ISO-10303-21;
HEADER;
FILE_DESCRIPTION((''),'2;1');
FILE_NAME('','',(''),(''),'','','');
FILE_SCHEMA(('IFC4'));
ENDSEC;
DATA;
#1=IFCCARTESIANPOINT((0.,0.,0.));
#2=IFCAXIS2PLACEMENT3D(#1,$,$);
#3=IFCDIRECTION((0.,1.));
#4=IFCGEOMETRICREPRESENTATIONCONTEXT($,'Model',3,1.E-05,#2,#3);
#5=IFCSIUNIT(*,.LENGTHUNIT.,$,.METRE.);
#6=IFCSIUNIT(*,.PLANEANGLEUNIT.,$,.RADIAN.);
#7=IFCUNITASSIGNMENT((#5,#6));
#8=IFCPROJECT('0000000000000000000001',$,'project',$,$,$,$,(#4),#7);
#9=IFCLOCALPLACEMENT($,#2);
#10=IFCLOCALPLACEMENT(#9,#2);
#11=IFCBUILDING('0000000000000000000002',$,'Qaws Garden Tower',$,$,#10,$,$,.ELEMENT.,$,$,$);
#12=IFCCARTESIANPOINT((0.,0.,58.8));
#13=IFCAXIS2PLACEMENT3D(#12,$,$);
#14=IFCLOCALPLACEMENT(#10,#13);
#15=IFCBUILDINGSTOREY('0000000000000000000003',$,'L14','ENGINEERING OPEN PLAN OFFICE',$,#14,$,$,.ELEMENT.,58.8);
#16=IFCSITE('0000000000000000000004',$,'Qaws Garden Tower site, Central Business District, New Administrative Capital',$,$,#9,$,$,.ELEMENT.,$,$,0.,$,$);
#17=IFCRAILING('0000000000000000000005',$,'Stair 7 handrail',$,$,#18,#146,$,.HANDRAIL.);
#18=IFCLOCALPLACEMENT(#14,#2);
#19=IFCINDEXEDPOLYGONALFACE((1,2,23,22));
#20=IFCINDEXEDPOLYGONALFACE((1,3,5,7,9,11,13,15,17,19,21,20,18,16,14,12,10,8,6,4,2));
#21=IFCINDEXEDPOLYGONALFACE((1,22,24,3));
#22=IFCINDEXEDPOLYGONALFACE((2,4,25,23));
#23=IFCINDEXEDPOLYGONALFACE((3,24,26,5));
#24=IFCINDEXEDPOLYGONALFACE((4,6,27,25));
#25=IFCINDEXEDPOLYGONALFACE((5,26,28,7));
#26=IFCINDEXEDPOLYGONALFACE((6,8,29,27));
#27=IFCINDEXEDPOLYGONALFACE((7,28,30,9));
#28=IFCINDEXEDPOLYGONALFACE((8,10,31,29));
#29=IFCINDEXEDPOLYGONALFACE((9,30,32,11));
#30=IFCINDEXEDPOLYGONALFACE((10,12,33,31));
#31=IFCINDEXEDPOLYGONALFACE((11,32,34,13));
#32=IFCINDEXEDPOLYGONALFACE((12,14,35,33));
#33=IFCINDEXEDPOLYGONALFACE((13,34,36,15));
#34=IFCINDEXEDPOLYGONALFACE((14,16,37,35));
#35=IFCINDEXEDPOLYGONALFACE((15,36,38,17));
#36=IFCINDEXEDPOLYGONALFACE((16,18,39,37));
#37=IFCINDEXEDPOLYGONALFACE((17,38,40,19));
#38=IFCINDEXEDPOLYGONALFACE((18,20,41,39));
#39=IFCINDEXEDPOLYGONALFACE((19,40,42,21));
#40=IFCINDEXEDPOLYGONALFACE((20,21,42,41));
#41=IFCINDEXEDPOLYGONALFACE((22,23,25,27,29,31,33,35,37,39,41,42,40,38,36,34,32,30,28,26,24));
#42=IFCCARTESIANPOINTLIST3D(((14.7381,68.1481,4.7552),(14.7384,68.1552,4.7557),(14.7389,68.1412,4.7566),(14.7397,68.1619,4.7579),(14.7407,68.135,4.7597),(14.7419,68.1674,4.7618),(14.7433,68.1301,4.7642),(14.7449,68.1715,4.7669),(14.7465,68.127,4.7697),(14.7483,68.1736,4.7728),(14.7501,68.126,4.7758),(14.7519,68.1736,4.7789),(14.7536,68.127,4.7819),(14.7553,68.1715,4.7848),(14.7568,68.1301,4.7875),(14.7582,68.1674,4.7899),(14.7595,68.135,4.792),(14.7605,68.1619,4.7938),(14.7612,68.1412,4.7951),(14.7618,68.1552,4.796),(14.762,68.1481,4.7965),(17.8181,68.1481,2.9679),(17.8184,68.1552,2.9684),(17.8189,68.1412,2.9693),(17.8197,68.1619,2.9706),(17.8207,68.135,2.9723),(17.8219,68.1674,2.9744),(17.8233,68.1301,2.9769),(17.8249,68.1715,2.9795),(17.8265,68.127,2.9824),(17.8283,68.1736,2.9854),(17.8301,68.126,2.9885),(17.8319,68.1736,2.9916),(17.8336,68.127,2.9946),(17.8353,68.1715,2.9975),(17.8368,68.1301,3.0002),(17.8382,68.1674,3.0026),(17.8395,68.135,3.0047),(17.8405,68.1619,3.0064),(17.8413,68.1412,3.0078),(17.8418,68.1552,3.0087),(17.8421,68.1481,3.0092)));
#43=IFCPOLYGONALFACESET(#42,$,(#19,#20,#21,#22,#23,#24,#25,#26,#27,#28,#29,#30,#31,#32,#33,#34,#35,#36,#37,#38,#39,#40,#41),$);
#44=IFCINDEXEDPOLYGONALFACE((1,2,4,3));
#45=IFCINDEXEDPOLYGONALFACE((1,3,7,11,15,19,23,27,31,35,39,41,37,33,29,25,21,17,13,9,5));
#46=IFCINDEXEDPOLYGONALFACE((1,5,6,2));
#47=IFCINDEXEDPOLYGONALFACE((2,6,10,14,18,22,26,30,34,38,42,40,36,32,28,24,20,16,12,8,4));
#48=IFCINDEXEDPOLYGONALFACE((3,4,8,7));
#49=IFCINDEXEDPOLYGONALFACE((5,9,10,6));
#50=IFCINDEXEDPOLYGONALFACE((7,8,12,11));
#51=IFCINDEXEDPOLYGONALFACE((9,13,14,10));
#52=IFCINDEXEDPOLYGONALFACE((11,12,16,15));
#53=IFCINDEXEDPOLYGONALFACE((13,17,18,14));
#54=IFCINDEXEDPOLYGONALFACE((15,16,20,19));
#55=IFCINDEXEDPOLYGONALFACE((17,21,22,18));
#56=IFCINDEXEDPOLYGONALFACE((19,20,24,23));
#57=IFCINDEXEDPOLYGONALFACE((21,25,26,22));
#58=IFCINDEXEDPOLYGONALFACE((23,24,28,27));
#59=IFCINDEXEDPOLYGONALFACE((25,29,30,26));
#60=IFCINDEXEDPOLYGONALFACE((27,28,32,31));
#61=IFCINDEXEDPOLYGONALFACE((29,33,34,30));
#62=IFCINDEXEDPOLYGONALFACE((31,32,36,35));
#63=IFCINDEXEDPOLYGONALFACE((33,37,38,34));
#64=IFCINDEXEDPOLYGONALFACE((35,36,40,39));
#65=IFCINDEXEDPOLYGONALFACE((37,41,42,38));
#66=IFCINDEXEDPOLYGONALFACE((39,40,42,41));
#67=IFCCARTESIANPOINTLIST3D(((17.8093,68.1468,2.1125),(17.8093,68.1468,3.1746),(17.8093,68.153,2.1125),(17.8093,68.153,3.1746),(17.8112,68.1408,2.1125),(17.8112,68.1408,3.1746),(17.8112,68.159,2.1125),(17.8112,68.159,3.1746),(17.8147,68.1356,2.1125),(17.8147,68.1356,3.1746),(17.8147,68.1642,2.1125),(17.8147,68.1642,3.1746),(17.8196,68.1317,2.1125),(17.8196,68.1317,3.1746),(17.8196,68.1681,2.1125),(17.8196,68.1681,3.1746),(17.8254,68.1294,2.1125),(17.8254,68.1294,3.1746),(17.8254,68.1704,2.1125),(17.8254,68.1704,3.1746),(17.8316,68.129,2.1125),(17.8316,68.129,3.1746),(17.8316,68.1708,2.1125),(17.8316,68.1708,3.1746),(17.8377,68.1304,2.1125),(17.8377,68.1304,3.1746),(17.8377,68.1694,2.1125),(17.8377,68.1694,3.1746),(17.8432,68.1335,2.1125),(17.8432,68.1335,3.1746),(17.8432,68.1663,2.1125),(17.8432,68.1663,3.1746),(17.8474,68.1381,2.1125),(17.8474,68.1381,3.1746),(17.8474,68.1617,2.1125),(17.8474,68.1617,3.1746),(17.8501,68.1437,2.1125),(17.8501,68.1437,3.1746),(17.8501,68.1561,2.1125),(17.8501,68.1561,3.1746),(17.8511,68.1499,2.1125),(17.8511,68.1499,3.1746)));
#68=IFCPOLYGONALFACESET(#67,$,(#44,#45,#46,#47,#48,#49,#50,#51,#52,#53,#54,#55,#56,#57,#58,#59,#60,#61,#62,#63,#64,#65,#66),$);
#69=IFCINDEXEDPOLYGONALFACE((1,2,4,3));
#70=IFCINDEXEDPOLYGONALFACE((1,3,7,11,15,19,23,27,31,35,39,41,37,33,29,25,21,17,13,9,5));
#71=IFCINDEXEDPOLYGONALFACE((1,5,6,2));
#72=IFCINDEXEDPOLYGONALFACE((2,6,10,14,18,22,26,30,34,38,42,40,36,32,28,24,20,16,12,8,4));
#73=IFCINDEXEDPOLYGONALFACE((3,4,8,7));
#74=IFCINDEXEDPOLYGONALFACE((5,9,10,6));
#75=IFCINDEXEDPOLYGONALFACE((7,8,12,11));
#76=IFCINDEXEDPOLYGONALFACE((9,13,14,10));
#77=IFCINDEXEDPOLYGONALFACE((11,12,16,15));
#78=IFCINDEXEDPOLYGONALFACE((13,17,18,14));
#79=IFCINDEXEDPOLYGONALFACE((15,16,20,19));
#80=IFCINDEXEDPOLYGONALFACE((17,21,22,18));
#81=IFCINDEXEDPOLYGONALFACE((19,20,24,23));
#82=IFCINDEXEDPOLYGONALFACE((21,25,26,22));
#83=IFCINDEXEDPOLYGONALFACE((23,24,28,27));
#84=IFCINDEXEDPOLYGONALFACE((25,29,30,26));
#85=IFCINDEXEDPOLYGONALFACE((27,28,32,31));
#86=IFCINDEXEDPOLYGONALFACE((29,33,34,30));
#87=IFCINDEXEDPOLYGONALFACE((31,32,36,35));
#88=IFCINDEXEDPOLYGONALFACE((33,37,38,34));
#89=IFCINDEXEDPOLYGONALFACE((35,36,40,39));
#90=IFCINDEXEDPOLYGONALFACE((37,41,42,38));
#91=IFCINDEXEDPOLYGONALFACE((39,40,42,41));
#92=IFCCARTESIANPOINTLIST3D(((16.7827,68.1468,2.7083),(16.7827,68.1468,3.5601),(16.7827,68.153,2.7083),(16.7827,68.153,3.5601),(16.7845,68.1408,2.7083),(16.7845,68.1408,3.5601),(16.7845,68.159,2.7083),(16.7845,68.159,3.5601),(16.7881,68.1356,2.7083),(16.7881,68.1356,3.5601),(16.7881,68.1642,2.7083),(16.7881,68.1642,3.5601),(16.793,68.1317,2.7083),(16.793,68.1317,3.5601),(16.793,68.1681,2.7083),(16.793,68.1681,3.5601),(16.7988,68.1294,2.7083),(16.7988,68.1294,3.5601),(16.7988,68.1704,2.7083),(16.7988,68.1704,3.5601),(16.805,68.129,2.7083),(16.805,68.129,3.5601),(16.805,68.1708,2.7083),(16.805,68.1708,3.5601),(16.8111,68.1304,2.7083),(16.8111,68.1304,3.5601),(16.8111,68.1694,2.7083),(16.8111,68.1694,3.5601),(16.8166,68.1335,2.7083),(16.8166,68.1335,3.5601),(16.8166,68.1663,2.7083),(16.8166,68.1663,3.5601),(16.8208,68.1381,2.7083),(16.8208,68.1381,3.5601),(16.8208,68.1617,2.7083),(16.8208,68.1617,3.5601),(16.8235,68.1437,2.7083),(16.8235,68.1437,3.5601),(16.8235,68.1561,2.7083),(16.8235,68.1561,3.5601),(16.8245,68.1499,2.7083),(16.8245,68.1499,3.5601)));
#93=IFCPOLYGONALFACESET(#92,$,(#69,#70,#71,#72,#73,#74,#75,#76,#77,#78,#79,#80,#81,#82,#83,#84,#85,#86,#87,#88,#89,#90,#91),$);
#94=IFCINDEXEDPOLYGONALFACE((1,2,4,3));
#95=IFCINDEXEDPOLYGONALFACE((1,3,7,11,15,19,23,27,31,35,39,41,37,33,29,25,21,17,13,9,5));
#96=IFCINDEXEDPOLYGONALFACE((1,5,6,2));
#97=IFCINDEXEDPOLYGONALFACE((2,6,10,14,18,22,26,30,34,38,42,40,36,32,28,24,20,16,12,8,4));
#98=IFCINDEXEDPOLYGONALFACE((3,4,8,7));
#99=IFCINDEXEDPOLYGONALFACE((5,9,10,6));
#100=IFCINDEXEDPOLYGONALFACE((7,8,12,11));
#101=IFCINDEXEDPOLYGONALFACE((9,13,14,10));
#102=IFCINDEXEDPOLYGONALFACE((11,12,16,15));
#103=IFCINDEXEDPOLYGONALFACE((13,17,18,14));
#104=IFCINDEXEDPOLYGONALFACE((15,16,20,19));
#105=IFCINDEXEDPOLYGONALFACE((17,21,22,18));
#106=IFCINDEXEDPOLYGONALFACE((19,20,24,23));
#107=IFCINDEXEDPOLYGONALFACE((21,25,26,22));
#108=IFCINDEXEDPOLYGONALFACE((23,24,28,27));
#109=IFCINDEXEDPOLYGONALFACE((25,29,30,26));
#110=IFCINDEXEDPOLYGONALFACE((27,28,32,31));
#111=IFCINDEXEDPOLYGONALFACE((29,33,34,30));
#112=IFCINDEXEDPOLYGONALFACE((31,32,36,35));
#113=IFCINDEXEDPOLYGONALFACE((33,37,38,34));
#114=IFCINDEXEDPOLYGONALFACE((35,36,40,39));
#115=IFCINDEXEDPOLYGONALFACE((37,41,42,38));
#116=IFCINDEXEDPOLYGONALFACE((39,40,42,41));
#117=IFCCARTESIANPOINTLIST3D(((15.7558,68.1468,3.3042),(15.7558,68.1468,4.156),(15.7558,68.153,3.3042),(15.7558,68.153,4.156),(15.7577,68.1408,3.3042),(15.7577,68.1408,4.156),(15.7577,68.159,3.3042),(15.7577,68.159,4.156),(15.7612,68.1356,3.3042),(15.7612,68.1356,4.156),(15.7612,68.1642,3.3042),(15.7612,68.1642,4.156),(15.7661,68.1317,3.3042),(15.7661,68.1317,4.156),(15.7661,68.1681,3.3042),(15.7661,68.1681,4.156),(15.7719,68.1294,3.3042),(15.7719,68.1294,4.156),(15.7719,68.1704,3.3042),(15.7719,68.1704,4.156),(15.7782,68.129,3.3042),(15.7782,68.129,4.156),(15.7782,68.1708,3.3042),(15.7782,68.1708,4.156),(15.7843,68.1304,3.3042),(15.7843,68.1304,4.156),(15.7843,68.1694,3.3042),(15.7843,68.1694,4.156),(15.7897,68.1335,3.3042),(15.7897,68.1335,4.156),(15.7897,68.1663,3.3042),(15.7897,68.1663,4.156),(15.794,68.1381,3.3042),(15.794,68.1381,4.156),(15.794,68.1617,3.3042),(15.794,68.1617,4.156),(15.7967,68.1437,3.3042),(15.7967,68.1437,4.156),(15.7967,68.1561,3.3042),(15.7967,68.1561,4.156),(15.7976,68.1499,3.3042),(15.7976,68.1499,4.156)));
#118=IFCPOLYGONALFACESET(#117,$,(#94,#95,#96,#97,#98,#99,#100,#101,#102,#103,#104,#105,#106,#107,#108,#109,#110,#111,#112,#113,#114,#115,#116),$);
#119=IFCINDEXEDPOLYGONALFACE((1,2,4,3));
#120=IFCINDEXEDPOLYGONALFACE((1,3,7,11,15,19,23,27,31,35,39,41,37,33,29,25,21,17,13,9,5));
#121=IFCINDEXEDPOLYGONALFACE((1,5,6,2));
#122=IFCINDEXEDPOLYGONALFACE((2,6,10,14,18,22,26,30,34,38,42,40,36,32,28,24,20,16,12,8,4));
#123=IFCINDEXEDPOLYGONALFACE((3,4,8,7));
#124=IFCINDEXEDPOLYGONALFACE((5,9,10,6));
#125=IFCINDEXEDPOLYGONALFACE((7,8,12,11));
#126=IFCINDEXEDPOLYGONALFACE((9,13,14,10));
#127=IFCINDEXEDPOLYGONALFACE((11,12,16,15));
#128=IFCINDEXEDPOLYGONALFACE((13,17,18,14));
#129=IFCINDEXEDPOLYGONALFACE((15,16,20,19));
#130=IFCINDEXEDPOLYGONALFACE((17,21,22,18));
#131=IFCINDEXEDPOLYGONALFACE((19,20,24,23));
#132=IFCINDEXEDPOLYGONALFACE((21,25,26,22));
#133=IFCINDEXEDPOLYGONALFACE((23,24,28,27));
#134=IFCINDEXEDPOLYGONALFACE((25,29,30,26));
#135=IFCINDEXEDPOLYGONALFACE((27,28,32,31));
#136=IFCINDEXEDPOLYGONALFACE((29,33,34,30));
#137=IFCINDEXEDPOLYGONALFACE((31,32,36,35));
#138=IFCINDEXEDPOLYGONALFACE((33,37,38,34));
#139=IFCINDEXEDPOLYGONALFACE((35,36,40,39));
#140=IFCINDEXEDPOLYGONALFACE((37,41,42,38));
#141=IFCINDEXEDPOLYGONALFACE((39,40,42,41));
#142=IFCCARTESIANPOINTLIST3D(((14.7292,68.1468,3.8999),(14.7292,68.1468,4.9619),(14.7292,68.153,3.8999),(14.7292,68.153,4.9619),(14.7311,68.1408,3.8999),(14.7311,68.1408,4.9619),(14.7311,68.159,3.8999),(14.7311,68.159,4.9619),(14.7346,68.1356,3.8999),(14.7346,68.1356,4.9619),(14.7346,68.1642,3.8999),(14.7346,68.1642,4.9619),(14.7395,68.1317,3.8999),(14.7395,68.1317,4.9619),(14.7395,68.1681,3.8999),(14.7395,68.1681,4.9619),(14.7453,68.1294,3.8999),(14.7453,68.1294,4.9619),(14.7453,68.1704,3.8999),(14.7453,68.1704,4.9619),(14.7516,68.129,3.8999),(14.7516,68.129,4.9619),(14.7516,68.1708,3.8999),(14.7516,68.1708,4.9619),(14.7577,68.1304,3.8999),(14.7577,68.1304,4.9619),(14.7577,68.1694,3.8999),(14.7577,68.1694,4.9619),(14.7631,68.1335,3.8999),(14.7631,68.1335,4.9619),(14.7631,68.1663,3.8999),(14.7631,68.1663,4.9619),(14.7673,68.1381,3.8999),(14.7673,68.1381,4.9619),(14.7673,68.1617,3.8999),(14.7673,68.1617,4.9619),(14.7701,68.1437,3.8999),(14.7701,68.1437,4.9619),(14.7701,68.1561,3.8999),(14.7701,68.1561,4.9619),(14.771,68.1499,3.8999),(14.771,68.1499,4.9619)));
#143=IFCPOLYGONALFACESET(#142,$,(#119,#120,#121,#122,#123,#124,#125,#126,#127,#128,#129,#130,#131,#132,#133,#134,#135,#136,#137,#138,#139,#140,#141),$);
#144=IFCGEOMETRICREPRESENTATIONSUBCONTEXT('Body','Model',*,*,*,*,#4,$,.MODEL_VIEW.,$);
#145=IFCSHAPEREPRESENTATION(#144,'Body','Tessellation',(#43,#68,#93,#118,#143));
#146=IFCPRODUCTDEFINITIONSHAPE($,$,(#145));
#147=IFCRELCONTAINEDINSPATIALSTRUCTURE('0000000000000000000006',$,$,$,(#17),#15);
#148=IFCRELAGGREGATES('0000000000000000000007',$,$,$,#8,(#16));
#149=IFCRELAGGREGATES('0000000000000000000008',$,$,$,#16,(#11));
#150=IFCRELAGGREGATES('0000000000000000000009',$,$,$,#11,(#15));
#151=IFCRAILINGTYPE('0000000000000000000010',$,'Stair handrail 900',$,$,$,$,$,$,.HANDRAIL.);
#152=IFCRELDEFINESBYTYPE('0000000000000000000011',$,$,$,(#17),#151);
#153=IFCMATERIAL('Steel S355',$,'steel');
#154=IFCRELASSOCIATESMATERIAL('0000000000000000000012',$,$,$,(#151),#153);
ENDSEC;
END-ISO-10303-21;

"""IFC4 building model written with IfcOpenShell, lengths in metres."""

from ifc_helpers import new_model, si_unit, direction, frame, origin, origin_2d, place, context, subcontext, project, spatial, circle, extrude, material, type_object, element, save


model = new_model("IFC4")

# Units and contexts
model_context = context("Model", 3, precision=1e-05, world=origin(), true_north=direction((0.0, 1.0)))
body_context = subcontext(model_context, "Body", "Model", "MODEL_VIEW")
ifc_project = project(units=[si_unit("LENGTHUNIT", "METRE"), si_unit("PLANEANGLEUNIT", "RADIAN")], contexts=[model_context])

# Site, building, storey
site_placement = place(None, origin())
site = spatial("IfcSite", under=ifc_project, at=site_placement, Name="Qaws Garden Tower site, Central Business District, New Administrative Capital", CompositionType="ELEMENT", RefElevation=0.0)
building_placement = place(site_placement, origin())
building = spatial("IfcBuilding", under=site, at=building_placement, Name="Qaws Garden Tower", CompositionType="ELEMENT")
storey_placement = place(building_placement, frame((0.0, 0.0, 58.8)))
storey = spatial("IfcBuildingStorey", under=building, at=storey_placement, Name="L14", Description="ENGINEERING OPEN PLAN OFFICE", CompositionType="ELEMENT", Elevation=58.8)

# Railing
ifc_material_1 = material(Name="Steel S355", Category="steel")
railing_type = type_object("IfcRailingType", Name="Stair handrail 900", PredefinedType="HANDRAIL", material=ifc_material_1)
railing_placement = place(storey_placement, frame((17.8301, 68.1499, 2.1125)))
element("IfcRailing", 1, at=railing_placement, inside=storey, type_object=railing_type, Name="Stair 7 handrail", PredefinedType="HANDRAIL", context=body_context, shape_type="SweptSolid", body=[
    extrude(circle(Radius=0.0239, at=origin_2d()), frame((0.0, 0.0, 0.876), z_axis=(-0.86492, 0.0, 0.501909), x_axis=(0.0, -1.0, 0.0)), (0.0, 0.0, 1.0), 3.561),
    extrude(circle(Radius=0.021, at=origin_2d()), origin(), (0.0, 0.0, 1.0), 1.062),
    extrude(circle(Radius=0.021, at=origin_2d()), frame((-1.0266, 0.0, 0.5957)), (0.0, 0.0, 1.0), 0.8518),
    extrude(circle(Radius=0.021, at=origin_2d()), frame((-2.0535, 0.0, 1.1917)), (0.0, 0.0, 1.0), 0.8518),
    extrude(circle(Radius=0.021, at=origin_2d()), frame((-3.0801, 0.0, 1.7874)), (0.0, 0.0, 1.0), 1.062),
])

save(model, "model.ifc")
